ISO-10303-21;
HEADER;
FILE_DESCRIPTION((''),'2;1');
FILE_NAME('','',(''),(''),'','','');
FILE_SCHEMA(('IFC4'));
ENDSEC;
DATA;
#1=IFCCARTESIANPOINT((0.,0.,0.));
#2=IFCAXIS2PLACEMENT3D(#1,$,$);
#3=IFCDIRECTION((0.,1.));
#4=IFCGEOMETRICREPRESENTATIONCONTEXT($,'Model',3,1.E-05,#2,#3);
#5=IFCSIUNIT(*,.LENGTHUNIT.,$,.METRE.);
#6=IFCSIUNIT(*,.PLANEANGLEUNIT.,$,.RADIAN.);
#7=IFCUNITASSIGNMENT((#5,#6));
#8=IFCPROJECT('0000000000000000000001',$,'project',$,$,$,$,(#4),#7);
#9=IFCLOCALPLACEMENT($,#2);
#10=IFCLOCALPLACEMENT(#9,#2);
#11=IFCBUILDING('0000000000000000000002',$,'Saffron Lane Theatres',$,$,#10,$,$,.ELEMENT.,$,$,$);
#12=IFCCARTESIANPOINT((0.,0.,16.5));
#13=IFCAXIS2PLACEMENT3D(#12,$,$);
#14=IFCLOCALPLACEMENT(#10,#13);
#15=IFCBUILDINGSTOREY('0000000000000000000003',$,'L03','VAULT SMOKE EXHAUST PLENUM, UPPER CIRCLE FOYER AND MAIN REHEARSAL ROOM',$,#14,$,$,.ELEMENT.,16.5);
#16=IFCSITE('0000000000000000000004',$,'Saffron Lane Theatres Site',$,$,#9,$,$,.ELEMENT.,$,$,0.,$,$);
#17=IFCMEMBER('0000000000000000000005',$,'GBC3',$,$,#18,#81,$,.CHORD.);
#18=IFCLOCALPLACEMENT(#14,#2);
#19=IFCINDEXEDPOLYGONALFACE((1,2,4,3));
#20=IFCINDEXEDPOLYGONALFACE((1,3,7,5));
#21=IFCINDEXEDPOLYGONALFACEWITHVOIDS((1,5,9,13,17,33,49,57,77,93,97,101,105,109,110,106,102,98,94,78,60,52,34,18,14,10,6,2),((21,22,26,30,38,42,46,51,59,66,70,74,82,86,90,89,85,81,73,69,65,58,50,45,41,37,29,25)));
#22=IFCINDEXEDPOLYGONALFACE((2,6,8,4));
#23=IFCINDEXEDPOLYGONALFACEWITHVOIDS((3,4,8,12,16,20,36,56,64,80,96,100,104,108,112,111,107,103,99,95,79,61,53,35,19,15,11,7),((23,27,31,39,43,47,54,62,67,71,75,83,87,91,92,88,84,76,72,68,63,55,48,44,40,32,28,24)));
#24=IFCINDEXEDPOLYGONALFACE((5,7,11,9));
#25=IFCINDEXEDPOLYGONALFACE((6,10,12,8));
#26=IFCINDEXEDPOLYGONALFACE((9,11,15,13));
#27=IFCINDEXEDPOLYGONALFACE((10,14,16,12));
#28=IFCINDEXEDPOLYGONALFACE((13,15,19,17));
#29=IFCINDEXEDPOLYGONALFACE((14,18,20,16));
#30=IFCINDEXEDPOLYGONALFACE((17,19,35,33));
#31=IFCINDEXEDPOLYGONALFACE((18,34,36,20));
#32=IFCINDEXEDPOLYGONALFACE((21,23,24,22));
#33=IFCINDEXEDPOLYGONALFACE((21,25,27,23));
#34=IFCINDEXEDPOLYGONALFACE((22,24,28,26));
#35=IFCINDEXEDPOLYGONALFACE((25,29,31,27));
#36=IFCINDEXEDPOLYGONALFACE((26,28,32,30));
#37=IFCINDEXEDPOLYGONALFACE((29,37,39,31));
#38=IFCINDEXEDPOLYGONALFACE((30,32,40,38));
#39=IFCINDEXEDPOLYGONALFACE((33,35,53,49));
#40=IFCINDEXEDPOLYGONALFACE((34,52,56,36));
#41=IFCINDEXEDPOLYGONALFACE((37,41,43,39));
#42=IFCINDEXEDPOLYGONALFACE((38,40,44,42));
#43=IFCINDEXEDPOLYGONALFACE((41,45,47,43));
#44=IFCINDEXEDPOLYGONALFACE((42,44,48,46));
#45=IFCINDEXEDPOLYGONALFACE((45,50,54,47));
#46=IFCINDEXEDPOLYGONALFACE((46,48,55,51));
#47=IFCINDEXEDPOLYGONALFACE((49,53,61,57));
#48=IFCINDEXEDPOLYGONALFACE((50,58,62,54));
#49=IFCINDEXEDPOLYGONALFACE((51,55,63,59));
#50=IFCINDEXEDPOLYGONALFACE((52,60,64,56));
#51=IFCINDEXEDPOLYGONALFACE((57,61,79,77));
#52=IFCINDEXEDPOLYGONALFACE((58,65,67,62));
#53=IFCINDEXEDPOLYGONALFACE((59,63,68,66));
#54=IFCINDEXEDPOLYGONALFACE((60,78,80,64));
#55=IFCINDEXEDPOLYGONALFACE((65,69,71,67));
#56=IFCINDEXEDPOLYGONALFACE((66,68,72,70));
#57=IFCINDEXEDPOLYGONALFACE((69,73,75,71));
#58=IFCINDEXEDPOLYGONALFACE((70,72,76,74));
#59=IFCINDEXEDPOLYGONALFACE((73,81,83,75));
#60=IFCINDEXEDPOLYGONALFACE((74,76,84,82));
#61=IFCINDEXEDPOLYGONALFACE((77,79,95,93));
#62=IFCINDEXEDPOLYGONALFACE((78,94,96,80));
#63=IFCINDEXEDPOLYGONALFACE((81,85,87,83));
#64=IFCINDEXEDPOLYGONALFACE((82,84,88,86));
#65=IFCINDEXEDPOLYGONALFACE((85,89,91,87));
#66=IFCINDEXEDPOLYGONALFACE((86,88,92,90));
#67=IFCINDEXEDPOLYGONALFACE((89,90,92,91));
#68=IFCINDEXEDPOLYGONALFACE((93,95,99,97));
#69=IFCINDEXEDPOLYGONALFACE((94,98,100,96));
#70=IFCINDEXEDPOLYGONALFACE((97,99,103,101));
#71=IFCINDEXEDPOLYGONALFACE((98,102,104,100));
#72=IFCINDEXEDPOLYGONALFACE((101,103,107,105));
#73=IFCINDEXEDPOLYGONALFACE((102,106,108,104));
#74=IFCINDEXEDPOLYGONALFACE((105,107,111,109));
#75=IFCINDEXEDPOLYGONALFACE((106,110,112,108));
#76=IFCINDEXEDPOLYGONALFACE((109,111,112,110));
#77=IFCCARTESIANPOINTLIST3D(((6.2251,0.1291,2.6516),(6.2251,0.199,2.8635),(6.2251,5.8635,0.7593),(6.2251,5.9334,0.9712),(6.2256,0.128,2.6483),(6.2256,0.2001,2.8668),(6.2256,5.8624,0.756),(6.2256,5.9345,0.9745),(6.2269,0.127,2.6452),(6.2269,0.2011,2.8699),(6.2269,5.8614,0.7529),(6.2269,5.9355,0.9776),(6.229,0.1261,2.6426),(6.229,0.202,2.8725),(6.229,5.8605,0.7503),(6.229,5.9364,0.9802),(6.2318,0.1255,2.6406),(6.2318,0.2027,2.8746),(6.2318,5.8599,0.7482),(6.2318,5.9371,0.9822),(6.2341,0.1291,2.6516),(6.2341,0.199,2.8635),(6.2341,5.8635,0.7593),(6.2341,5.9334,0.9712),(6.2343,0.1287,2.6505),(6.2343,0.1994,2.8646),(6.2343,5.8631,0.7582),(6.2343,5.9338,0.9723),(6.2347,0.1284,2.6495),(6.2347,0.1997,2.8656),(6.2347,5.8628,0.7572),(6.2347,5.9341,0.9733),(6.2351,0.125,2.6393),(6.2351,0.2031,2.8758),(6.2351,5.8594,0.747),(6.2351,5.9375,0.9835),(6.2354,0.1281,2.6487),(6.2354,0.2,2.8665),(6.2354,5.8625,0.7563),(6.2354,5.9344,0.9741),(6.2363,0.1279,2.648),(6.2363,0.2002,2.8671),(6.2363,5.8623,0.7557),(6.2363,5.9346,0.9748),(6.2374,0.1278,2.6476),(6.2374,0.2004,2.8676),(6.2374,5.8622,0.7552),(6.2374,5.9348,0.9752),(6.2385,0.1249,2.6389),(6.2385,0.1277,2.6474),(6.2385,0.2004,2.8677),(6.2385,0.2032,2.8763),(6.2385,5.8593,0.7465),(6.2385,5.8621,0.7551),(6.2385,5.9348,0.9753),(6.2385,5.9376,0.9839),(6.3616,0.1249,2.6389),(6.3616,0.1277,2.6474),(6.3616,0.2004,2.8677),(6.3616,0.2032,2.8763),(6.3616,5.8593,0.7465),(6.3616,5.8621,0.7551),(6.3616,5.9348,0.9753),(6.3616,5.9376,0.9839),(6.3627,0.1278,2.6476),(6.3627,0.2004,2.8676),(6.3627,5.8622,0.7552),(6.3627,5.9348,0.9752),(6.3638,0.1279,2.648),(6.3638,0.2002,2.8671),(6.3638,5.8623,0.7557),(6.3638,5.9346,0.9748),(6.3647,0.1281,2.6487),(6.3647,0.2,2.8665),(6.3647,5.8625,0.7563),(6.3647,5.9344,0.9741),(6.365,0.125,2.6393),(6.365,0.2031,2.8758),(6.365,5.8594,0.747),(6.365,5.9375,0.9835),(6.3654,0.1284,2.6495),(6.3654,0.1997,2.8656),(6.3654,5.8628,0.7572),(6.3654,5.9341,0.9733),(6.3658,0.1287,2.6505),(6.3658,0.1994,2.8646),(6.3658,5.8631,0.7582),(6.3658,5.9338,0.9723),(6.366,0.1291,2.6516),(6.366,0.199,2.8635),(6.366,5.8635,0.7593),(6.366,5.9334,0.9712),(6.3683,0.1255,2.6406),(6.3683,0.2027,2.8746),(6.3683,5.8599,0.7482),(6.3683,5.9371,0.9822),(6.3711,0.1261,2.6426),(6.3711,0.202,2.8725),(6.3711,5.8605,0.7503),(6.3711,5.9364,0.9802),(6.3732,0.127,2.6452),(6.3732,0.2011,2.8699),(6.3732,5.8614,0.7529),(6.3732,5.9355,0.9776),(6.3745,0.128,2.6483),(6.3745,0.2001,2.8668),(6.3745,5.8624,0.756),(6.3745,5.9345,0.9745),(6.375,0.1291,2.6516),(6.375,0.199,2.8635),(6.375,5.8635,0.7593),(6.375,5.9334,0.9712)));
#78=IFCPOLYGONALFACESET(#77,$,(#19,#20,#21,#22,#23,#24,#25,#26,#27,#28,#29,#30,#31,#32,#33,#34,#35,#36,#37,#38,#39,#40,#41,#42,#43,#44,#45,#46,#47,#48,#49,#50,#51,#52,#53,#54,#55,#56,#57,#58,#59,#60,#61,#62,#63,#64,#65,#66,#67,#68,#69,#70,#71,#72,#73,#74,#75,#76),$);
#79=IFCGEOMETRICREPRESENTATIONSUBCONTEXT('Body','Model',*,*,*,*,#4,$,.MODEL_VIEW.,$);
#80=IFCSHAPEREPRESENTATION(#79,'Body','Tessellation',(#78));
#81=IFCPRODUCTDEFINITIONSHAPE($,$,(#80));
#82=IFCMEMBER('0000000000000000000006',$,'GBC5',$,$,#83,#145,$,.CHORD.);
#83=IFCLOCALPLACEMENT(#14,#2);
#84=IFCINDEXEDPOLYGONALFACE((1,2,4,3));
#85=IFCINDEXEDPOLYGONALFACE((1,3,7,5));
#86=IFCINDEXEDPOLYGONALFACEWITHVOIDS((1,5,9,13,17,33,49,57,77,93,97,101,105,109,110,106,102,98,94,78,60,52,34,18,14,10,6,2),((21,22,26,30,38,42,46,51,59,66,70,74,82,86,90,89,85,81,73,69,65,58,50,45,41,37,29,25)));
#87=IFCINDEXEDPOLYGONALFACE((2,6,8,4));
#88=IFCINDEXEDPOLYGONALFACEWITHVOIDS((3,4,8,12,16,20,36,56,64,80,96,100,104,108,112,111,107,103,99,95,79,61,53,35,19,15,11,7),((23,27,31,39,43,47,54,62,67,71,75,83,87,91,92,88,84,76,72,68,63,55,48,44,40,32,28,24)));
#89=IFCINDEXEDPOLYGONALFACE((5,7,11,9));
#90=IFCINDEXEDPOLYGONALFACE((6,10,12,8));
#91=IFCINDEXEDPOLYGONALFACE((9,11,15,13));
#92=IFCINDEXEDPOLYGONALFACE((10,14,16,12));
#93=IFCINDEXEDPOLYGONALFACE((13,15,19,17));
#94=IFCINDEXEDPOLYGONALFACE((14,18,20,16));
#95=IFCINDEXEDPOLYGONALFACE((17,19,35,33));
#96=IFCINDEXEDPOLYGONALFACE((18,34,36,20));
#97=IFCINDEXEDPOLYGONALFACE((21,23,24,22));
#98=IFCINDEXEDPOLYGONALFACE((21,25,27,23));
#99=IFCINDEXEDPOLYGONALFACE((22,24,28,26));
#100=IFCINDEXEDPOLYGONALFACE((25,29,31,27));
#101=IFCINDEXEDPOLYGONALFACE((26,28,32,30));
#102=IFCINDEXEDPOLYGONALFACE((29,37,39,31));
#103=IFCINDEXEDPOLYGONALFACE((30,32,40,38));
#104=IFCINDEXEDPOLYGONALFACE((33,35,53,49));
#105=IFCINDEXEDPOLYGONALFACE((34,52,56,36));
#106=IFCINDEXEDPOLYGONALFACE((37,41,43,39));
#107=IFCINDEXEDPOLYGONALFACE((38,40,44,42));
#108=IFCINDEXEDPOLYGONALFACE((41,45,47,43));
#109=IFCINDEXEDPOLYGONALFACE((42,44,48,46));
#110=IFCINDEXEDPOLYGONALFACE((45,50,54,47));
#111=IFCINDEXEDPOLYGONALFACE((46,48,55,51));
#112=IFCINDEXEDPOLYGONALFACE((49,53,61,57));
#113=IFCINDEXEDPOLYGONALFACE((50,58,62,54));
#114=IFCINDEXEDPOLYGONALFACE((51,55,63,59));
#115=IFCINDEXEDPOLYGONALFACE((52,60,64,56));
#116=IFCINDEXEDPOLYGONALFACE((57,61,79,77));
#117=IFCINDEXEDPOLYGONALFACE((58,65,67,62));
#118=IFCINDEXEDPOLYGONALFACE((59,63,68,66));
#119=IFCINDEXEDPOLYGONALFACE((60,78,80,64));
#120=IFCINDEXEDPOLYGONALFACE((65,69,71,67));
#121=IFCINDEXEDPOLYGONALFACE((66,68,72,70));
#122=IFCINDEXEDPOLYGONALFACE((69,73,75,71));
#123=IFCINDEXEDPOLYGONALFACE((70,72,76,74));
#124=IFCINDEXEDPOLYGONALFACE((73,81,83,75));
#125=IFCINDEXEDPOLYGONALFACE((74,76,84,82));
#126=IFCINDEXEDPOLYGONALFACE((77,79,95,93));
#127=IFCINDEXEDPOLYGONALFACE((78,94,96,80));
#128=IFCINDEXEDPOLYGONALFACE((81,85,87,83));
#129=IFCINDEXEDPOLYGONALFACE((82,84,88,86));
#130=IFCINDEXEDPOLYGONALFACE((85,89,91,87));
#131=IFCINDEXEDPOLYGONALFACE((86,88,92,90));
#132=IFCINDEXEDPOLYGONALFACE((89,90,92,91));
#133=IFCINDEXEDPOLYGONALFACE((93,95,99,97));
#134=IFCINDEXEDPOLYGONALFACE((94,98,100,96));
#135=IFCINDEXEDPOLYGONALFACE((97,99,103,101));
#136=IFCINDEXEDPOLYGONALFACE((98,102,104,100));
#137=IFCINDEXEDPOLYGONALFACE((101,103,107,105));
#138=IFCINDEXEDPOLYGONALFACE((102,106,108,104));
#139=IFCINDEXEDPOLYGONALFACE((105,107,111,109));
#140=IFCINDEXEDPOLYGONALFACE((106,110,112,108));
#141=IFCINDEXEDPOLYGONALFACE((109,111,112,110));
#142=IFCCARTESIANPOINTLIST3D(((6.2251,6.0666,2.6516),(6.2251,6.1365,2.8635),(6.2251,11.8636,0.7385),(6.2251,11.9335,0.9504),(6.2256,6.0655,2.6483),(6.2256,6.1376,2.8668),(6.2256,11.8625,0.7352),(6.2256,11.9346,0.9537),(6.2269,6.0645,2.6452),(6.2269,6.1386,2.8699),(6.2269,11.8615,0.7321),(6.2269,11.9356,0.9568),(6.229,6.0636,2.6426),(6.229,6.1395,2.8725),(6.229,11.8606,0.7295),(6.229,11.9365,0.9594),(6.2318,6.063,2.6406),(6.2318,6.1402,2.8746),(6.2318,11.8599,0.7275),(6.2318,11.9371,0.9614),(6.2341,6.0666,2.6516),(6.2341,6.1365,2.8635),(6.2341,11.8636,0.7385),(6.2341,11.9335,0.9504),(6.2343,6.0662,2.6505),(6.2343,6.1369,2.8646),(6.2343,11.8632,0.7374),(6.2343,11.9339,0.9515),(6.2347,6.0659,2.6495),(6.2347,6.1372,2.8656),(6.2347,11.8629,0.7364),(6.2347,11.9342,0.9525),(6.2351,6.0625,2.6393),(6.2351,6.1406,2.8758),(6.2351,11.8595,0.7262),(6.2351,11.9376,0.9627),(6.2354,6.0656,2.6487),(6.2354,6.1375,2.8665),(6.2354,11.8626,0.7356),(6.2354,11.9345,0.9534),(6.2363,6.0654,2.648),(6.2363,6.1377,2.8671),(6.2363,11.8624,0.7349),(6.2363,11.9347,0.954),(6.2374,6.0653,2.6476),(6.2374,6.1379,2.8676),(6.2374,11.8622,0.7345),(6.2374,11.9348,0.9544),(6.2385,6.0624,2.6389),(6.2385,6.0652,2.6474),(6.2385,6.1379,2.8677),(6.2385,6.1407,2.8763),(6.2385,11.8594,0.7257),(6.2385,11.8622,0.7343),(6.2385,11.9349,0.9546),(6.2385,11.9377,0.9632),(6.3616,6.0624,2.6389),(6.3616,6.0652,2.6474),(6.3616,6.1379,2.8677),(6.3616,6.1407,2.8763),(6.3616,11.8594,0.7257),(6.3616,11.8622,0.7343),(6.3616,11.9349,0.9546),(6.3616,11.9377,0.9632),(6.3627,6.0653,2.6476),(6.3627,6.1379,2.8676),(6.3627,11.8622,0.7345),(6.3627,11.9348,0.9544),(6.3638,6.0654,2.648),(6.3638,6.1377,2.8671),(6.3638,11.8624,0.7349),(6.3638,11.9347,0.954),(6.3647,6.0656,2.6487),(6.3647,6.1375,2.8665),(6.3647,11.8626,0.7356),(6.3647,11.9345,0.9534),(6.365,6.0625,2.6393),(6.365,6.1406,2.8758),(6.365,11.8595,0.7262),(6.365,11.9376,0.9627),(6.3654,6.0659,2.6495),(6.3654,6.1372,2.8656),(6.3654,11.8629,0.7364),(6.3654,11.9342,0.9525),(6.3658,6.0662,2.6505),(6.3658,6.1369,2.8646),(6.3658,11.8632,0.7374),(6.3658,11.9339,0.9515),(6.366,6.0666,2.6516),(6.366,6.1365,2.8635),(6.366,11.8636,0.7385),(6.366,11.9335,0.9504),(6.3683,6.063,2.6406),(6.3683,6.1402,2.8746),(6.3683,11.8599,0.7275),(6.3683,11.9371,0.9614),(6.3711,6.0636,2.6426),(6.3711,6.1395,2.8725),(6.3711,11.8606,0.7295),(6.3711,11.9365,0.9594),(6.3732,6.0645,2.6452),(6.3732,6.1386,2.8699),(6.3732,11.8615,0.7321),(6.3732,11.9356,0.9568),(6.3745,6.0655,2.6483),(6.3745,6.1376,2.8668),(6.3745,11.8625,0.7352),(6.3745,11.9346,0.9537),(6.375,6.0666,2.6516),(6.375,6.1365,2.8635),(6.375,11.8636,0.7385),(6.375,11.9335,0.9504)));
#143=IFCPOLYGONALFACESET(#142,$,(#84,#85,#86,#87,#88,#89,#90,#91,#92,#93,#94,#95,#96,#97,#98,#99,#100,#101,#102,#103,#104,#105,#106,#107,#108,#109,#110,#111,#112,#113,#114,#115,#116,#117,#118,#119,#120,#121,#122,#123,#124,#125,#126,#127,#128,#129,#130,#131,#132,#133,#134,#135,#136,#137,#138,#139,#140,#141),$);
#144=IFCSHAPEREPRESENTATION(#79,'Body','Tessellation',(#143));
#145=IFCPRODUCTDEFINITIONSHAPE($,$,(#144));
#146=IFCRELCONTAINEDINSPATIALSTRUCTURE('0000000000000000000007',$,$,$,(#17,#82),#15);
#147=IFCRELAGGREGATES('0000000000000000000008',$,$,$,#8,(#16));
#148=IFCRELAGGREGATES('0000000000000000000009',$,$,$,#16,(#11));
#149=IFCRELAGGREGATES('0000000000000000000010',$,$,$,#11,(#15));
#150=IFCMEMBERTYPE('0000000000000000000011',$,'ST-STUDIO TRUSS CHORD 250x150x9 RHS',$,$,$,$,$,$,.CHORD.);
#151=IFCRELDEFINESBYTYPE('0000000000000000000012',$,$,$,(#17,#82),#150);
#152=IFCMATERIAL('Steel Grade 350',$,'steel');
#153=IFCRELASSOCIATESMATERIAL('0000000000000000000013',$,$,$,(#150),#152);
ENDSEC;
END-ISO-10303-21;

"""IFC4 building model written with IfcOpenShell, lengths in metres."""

from ifc_helpers import new_model, si_unit, direction, frame, origin, origin_2d, place, context, subcontext, project, spatial, hollow_rectangle, extrude, material, material_profile, profile_set, type_object, element, save


model = new_model("IFC4")

# Units and contexts
model_context = context("Model", 3, precision=1e-05, world=origin(), true_north=direction((0.0, 1.0)))
body_context = subcontext(model_context, "Body", "Model", "MODEL_VIEW")
ifc_project = project(units=[si_unit("LENGTHUNIT", "METRE"), si_unit("PLANEANGLEUNIT", "RADIAN")], contexts=[model_context])

# Site, building, storey
site_placement = place(None, origin())
site = spatial("IfcSite", under=ifc_project, at=site_placement, Name="Saffron Lane Theatres Site", CompositionType="ELEMENT", RefElevation=0.0)
building_placement = place(site_placement, origin())
building = spatial("IfcBuilding", under=site, at=building_placement, Name="Saffron Lane Theatres", CompositionType="ELEMENT")
storey_placement = place(building_placement, frame((0.0, 0.0, 16.5)))
storey = spatial("IfcBuildingStorey", under=building, at=storey_placement, Name="L03", Description="VAULT SMOKE EXHAUST PLENUM, UPPER CIRCLE FOYER AND MAIN REHEARSAL ROOM", CompositionType="ELEMENT", Elevation=16.5)

# Members
ifc_material_1 = material(Name="Steel Grade 350", Category="steel")
ifc_material_profile_1 = material_profile(ifc_material_1, hollow_rectangle(XDim=0.1499, YDim=0.25, WallThickness=0.009, InnerFilletRadius=0.0044, OuterFilletRadius=0.0134, at=origin_2d()))
ifc_profile_set_1 = profile_set([ifc_material_profile_1], Name="Steel Grade 350")
member_type_1 = type_object("IfcMemberType", Name="ST-STUDIO TRUSS CHORD 250x150x9 RHS", PredefinedType="CHORD", material=ifc_profile_set_1)
member_1_placement = place(storey_placement, frame((6.3, 0.1641, 2.7576), z_axis=(0.0, 0.949629, -0.313376), x_axis=(-1.0, 0.0, 0.0)))
element("IfcMember", 1, at=member_1_placement, inside=storey, type_object=member_type_1, Name="GBC3", PredefinedType="CHORD", context=body_context, shape_type="SweptSolid", body=[
    extrude(hollow_rectangle(XDim=0.1499, YDim=0.25, WallThickness=0.009, InnerFilletRadius=0.0044, OuterFilletRadius=0.0134, at=origin_2d()), origin(), (0.0, 0.0, 1.0), 6.0386),
])
member_2_placement = place(storey_placement, frame((6.3, 6.1016, 2.7576), z_axis=(0.0, 0.949623, -0.313395), x_axis=(-1.0, 0.0, 0.0)))
element("IfcMember", 2, at=member_2_placement, inside=storey, type_object=member_type_1, Name="GBC5", PredefinedType="CHORD", context=body_context, shape_type="SweptSolid", body=[
    extrude(hollow_rectangle(XDim=0.1499, YDim=0.25, WallThickness=0.009, InnerFilletRadius=0.0044, OuterFilletRadius=0.0134, at=origin_2d()), origin(), (0.0, 0.0, 1.0), 6.1045),
])

save(model, "model.ifc")
